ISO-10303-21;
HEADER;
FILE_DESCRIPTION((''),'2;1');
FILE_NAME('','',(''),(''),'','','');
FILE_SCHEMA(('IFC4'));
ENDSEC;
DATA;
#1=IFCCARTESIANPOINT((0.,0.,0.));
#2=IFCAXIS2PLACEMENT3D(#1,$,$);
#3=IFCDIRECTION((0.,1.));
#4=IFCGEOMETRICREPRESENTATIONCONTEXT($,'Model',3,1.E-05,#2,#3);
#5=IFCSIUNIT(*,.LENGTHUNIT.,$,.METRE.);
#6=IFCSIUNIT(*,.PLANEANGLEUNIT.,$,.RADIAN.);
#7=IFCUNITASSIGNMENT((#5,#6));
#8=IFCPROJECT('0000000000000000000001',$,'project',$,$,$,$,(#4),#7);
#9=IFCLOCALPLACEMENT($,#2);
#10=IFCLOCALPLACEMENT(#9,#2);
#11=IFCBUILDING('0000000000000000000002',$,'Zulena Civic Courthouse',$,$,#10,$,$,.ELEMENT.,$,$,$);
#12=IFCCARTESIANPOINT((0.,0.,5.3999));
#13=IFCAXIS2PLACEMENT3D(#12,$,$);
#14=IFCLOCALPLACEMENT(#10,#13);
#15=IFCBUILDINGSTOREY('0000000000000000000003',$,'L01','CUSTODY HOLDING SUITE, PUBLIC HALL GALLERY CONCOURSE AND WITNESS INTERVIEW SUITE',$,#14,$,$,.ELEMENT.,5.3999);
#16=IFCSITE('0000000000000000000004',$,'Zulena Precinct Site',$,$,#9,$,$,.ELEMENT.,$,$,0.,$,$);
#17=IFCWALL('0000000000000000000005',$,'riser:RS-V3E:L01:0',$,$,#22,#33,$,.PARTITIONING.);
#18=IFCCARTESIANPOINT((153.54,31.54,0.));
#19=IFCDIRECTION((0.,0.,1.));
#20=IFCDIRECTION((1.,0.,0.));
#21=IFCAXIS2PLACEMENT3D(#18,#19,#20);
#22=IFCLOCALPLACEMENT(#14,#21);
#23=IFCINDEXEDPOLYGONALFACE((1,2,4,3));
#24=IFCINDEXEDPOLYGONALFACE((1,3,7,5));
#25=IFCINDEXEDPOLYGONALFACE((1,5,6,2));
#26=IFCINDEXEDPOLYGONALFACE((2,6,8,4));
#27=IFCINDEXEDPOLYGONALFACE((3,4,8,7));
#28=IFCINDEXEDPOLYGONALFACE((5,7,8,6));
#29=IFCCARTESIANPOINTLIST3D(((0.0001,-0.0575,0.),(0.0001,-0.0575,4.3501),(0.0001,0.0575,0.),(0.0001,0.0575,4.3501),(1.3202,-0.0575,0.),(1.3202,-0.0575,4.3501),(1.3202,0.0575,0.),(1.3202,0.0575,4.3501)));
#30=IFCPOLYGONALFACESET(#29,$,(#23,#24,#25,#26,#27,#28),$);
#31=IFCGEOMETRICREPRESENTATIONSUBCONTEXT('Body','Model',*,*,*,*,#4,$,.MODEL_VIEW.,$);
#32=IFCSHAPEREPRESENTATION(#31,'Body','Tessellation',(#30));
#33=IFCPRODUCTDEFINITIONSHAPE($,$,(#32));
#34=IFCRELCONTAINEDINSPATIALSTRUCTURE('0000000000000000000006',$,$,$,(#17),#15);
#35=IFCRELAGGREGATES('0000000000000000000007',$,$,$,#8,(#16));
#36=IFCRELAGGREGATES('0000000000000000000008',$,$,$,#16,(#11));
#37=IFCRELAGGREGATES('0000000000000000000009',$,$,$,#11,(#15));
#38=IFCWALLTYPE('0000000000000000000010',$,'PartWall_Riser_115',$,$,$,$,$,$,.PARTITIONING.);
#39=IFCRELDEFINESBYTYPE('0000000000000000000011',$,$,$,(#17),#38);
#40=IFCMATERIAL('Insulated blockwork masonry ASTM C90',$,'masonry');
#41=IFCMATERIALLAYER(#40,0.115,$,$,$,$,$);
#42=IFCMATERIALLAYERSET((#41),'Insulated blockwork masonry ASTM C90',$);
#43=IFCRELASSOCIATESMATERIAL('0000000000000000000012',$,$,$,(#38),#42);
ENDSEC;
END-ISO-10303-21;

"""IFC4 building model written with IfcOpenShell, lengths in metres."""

from ifc_helpers import new_model, si_unit, direction, frame, frame_2d, origin, place, context, subcontext, project, spatial, rectangle, extrude, material, layer, layer_set, type_object, element, save


model = new_model("IFC4")

# Units and contexts
model_context = context("Model", 3, precision=1e-05, world=origin(), true_north=direction((0.0, 1.0)))
body_context = subcontext(model_context, "Body", "Model", "MODEL_VIEW")
ifc_project = project(units=[si_unit("LENGTHUNIT", "METRE"), si_unit("PLANEANGLEUNIT", "RADIAN")], contexts=[model_context])

# Site, building, storey
site_placement = place(None, origin())
site = spatial("IfcSite", under=ifc_project, at=site_placement, Name="Zulena Precinct Site", CompositionType="ELEMENT", RefElevation=0.0)
building_placement = place(site_placement, origin())
building = spatial("IfcBuilding", under=site, at=building_placement, Name="Zulena Civic Courthouse", CompositionType="ELEMENT")
storey_placement = place(building_placement, frame((0.0, 0.0, 5.3999)))
storey = spatial("IfcBuildingStorey", under=building, at=storey_placement, Name="L01", Description="CUSTODY HOLDING SUITE, PUBLIC HALL GALLERY CONCOURSE AND WITNESS INTERVIEW SUITE", CompositionType="ELEMENT", Elevation=5.3999)

# Wall
ifc_material_1 = material(Name="Insulated blockwork masonry ASTM C90", Category="masonry")
ifc_layer_1 = layer(ifc_material_1, 0.115)
ifc_layer_set_1 = layer_set([ifc_layer_1], Name="Insulated blockwork masonry ASTM C90")
wall_type_1 = type_object("IfcWallType", Name="PartWall_Riser_115", PredefinedType="PARTITIONING", material=ifc_layer_set_1)
wall_1_placement = place(storey_placement, frame((153.54, 31.54, 0.0), z_axis=(0.0, 0.0, 1.0), x_axis=(1.0, 0.0, 0.0)))
element("IfcWall", 1, at=wall_1_placement, inside=storey, type_object=wall_type_1, Name="riser:RS-V3E:L01:0", PredefinedType="PARTITIONING", context=body_context, shape_type="SweptSolid", body=[
    extrude(rectangle(XDim=1.3201, YDim=0.115, at=frame_2d((0.6602, 0.0))), origin(), (0.0, 0.0, 1.0), 4.3501),
])

save(model, "model.ifc")
